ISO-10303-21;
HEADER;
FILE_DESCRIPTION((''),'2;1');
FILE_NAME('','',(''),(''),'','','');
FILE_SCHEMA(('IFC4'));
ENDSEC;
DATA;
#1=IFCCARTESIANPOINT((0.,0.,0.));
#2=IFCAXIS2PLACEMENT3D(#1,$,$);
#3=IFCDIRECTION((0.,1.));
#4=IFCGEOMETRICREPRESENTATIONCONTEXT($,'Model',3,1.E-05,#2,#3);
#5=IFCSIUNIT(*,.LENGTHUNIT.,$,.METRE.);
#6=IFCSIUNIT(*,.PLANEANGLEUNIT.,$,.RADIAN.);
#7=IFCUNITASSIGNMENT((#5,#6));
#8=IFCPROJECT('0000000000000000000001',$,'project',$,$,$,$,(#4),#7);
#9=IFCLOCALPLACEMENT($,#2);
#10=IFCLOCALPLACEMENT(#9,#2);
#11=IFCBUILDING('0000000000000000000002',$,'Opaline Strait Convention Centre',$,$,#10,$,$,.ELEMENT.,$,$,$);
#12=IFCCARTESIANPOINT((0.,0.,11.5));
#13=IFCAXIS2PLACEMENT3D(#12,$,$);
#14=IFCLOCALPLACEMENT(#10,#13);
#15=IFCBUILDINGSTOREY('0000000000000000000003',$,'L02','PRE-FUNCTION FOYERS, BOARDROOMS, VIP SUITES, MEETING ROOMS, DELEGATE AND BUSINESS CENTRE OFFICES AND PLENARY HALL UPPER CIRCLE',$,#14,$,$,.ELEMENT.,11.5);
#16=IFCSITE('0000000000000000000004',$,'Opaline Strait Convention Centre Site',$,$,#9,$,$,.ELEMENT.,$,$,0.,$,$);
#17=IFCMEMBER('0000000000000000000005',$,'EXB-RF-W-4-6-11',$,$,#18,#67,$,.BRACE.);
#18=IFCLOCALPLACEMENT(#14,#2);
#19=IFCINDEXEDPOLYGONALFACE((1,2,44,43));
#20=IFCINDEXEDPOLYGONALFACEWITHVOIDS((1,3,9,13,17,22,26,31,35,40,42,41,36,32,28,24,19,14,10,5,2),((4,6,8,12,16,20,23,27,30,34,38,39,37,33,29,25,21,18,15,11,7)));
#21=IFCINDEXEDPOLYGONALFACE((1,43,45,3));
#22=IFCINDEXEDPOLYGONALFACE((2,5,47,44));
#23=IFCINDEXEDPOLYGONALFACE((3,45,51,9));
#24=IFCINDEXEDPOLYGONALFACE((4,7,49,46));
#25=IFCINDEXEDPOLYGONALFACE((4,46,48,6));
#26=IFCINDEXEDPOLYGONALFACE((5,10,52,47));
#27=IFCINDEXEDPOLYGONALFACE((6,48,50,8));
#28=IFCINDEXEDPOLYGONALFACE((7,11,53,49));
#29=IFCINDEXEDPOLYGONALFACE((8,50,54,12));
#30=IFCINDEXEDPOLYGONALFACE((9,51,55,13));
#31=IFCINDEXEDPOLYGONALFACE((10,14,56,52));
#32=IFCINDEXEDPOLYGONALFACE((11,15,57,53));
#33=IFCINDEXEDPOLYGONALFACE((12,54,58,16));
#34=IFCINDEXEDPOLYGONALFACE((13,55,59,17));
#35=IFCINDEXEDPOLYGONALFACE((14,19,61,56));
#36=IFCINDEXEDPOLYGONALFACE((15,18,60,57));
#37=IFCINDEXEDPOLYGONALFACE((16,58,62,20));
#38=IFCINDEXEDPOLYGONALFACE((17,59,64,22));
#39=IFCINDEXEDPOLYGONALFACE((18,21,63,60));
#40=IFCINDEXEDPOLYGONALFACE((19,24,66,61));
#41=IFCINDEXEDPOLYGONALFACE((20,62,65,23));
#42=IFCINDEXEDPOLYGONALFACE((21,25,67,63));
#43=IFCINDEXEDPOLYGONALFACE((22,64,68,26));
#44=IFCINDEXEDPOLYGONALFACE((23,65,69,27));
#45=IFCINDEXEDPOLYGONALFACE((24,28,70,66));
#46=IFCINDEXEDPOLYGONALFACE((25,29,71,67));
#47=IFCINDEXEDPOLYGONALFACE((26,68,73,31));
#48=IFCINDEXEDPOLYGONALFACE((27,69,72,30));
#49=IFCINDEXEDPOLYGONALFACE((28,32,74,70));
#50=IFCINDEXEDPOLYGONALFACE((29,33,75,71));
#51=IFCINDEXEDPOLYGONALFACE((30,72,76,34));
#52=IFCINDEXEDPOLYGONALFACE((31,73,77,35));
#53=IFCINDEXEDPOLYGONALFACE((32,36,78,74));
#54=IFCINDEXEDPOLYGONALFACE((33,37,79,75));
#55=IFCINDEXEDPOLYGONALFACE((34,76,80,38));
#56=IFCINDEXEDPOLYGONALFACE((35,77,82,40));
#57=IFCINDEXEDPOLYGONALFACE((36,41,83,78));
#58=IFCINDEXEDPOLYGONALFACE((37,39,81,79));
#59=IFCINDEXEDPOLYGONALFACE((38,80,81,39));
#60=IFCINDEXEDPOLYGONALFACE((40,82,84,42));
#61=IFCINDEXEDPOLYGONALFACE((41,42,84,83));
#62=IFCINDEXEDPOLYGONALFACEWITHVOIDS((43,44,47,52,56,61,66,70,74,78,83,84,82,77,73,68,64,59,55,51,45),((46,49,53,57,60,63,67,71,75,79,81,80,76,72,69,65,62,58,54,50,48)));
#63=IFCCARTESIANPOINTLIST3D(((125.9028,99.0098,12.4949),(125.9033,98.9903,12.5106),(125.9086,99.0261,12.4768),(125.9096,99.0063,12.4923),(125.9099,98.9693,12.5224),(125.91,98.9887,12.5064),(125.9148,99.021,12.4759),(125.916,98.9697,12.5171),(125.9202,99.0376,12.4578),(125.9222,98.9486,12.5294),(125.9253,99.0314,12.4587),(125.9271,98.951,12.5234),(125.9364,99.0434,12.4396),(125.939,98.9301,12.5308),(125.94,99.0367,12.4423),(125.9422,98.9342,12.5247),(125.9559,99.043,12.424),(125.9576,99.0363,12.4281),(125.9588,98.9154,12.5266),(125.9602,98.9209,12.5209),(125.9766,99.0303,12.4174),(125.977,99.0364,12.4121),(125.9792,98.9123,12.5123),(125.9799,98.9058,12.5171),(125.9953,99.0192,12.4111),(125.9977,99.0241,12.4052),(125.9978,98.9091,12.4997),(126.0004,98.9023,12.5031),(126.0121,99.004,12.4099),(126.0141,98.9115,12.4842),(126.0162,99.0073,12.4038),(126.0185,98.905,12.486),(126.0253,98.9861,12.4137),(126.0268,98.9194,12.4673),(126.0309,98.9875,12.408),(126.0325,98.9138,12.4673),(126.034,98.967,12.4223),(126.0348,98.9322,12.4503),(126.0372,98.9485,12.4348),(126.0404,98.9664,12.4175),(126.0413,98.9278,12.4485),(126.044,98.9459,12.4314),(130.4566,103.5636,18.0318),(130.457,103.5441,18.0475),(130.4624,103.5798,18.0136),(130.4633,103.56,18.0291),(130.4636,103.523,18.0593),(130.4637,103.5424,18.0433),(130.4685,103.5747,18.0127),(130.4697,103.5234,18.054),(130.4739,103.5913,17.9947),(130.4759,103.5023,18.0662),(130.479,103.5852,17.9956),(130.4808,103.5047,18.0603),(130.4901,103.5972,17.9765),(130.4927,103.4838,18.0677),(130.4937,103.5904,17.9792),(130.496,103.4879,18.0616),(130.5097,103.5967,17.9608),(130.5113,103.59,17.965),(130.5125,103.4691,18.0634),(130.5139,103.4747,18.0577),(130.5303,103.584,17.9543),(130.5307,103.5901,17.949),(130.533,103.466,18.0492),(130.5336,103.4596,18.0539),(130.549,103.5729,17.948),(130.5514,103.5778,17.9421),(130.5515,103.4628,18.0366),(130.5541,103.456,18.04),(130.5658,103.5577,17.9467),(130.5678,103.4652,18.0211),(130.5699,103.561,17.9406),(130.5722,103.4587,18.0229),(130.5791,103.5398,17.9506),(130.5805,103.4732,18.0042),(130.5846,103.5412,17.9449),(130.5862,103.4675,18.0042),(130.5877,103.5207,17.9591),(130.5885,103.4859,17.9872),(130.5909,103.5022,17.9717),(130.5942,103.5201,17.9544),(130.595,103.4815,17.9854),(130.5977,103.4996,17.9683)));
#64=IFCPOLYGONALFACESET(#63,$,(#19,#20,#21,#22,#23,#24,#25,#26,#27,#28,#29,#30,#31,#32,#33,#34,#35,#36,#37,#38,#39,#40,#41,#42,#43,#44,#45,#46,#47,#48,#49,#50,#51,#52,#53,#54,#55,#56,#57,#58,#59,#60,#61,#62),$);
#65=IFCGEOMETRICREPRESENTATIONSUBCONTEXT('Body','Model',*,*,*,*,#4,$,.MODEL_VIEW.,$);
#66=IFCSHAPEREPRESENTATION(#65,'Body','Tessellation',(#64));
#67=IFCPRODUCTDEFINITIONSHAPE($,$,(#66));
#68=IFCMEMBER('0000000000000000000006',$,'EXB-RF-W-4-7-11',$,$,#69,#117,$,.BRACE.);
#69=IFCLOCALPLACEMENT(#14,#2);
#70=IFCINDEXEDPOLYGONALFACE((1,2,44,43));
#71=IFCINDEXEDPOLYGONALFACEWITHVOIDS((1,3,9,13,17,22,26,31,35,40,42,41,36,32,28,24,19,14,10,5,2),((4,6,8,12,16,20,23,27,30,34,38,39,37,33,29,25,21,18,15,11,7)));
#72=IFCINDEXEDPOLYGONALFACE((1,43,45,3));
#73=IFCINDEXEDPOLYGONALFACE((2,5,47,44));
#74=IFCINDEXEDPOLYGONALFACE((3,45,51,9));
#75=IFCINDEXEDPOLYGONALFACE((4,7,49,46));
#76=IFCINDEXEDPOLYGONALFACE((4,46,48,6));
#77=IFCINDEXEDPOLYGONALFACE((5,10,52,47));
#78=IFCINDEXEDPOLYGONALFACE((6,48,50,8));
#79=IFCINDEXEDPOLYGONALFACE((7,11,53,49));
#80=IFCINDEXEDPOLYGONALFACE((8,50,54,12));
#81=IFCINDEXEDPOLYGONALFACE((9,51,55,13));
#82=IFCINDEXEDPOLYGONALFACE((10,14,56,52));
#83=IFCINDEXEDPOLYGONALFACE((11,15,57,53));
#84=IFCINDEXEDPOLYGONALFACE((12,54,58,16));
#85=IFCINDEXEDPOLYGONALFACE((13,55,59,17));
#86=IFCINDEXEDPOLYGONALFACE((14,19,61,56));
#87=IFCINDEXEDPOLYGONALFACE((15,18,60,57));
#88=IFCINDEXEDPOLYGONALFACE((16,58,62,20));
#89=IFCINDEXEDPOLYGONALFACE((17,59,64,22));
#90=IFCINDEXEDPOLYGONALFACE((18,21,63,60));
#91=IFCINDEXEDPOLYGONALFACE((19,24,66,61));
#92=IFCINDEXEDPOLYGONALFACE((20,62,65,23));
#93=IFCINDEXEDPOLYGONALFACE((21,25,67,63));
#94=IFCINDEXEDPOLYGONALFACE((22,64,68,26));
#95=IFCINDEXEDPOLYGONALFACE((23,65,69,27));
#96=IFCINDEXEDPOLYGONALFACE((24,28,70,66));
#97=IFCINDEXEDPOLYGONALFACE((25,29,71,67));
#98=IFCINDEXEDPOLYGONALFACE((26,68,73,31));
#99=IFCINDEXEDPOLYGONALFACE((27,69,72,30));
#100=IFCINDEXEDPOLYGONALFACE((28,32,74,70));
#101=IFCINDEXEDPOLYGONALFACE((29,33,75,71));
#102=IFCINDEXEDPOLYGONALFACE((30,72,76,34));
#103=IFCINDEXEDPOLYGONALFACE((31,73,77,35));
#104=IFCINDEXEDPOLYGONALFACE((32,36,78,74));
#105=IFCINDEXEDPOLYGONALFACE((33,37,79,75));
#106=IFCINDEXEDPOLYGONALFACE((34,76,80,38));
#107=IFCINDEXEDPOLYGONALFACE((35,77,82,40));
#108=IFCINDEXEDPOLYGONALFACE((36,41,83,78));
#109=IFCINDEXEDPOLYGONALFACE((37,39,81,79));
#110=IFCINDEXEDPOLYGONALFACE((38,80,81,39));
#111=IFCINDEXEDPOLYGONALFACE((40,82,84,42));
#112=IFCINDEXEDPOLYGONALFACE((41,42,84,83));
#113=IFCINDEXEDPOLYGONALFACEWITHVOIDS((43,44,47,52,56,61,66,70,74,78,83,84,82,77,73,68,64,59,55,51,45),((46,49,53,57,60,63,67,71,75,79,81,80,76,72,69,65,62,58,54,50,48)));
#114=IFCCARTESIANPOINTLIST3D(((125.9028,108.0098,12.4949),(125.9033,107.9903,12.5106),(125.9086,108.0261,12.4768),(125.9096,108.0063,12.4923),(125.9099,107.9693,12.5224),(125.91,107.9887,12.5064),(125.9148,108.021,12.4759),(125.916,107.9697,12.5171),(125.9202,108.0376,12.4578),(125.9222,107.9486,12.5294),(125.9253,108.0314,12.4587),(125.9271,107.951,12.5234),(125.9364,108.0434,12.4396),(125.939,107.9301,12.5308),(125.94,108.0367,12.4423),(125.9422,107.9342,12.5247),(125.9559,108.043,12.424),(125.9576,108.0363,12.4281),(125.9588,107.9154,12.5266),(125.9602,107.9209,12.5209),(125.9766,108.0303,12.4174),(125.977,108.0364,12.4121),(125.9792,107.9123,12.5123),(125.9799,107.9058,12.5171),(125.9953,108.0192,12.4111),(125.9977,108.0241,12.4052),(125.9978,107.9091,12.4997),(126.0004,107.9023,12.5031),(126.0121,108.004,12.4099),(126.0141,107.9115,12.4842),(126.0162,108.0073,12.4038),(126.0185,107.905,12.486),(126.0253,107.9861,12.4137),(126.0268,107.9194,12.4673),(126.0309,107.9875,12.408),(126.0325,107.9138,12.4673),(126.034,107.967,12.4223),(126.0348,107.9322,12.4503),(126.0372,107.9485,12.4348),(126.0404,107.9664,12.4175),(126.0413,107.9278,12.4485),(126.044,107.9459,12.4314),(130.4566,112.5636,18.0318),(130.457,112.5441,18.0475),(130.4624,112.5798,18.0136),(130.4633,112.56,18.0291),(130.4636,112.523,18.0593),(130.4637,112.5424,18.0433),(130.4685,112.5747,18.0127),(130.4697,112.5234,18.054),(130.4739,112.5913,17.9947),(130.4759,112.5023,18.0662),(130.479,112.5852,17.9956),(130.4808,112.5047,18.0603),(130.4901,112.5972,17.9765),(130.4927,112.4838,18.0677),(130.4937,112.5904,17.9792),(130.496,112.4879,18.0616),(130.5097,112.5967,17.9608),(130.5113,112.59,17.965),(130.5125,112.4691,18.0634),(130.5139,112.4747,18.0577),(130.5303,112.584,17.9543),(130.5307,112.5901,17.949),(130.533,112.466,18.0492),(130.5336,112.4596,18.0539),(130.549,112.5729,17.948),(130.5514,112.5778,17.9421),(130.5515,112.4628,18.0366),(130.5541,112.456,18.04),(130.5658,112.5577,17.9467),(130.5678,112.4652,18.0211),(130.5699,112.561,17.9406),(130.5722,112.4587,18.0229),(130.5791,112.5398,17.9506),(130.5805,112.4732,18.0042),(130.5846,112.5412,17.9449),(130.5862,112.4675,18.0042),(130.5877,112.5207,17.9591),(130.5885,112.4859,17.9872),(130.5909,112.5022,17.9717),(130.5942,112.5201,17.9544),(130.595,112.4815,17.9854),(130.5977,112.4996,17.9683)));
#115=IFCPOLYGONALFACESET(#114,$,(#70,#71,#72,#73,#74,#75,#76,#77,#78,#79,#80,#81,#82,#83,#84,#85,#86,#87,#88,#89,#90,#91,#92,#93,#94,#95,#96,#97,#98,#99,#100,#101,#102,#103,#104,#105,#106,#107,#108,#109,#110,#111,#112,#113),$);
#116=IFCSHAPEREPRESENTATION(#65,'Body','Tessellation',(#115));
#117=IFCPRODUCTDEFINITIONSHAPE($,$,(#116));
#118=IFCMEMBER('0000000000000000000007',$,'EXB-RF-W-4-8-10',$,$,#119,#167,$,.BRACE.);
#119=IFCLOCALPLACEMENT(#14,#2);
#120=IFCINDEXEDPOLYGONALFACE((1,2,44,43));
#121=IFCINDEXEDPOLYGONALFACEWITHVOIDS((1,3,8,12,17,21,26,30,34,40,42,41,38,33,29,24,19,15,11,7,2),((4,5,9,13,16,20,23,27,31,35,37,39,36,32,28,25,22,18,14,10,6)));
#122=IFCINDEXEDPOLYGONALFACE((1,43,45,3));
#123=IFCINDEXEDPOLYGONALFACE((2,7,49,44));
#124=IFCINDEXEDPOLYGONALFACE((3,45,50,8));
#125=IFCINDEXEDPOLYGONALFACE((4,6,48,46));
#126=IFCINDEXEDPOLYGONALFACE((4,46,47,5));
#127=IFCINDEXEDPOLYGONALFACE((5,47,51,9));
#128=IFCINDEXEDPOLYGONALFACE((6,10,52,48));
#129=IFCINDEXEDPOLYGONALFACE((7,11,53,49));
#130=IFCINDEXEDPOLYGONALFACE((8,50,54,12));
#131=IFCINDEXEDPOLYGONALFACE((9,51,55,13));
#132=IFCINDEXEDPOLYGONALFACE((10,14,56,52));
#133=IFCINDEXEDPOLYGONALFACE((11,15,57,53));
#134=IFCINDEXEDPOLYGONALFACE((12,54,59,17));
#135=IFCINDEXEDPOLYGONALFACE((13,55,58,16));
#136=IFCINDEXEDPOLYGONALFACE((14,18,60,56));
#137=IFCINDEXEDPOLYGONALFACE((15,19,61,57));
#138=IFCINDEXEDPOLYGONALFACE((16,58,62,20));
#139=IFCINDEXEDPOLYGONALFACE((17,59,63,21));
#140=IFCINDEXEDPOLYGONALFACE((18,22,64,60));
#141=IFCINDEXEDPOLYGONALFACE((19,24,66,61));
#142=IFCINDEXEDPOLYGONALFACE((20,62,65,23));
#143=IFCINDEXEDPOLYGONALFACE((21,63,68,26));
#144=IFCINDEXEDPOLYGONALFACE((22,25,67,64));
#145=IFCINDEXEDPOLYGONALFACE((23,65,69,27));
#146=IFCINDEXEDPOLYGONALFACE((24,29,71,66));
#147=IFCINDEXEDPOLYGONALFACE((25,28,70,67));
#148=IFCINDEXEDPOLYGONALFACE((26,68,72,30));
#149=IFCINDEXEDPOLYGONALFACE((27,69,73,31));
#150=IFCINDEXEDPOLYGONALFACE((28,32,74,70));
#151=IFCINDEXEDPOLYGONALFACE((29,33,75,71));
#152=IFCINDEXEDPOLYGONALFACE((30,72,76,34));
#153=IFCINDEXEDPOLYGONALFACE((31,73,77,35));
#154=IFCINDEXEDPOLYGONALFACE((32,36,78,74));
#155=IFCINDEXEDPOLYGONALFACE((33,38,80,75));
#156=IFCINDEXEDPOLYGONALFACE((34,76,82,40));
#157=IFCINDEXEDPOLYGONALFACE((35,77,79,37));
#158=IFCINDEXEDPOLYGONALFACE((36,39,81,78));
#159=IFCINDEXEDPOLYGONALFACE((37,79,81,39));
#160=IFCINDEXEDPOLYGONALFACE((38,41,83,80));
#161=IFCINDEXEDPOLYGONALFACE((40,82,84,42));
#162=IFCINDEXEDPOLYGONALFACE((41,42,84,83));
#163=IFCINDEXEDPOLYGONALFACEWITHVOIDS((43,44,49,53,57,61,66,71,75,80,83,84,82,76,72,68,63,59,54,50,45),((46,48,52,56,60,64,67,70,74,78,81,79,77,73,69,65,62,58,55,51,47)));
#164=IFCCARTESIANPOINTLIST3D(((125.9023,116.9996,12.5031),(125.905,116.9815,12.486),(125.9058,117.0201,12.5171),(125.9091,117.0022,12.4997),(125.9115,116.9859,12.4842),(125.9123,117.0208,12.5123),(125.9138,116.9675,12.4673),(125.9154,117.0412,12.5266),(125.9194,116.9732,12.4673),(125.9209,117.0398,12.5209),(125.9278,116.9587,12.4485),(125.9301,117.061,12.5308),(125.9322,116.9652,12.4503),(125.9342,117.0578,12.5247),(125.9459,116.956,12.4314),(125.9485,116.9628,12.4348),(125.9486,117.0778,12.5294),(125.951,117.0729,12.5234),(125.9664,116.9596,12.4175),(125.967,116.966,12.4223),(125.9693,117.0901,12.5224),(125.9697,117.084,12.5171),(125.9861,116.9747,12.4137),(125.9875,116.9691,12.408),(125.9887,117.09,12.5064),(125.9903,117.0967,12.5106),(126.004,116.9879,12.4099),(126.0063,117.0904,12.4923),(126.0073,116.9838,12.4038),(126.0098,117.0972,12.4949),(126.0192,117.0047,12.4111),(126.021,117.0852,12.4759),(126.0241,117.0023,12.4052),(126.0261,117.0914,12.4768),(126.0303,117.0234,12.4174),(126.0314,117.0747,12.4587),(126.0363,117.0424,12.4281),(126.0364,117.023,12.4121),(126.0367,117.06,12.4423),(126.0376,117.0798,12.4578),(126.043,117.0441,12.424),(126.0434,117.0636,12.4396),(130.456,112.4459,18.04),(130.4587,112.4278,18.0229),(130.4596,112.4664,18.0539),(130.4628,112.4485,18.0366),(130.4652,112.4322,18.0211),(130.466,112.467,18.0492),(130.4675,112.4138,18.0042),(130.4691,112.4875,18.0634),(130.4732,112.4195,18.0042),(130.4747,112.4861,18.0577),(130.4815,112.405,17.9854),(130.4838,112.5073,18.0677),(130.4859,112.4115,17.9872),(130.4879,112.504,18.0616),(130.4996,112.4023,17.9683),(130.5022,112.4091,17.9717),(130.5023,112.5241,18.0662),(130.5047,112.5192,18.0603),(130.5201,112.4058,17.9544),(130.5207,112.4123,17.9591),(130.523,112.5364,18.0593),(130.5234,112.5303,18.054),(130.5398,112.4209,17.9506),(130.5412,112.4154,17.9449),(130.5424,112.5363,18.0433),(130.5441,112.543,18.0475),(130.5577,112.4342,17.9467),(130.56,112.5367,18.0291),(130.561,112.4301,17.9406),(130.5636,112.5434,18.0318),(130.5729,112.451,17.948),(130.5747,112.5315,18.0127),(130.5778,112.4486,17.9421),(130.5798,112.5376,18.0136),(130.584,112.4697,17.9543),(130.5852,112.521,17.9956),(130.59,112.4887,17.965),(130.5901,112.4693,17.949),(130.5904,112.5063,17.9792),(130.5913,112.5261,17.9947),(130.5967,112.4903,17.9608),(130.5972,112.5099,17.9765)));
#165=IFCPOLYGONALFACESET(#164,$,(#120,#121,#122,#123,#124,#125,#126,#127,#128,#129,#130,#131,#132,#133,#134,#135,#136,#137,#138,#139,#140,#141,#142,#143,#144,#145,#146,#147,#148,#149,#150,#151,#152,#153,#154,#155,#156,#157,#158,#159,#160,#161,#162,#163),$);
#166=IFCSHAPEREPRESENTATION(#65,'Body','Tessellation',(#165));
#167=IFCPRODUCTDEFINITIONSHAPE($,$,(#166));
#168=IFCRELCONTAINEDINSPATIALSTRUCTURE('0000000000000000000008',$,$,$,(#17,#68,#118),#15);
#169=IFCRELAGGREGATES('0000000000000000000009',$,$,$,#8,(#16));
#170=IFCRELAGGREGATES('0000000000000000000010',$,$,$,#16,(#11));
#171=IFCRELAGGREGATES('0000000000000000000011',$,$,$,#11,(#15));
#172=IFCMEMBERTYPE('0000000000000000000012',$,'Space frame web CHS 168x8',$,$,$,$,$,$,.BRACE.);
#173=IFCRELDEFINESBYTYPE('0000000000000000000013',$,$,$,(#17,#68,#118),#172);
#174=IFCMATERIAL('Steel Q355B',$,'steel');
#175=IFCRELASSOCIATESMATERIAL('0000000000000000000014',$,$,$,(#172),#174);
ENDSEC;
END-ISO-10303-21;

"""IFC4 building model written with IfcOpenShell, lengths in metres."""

from ifc_helpers import new_model, si_unit, direction, frame, origin, origin_2d, place, context, subcontext, project, spatial, hollow_circle, extrude, material, material_profile, profile_set, type_object, element, save


model = new_model("IFC4")

# Units and contexts
model_context = context("Model", 3, precision=1e-05, world=origin(), true_north=direction((0.0, 1.0)))
body_context = subcontext(model_context, "Body", "Model", "MODEL_VIEW")
ifc_project = project(units=[si_unit("LENGTHUNIT", "METRE"), si_unit("PLANEANGLEUNIT", "RADIAN")], contexts=[model_context])

# Site, building, storey
site_placement = place(None, origin())
site = spatial("IfcSite", under=ifc_project, at=site_placement, Name="Opaline Strait Convention Centre Site", CompositionType="ELEMENT", RefElevation=0.0)
building_placement = place(site_placement, origin())
building = spatial("IfcBuilding", under=site, at=building_placement, Name="Opaline Strait Convention Centre", CompositionType="ELEMENT")
storey_placement = place(building_placement, frame((0.0, 0.0, 11.5)))
storey = spatial("IfcBuildingStorey", under=building, at=storey_placement, Name="L02", Description="PRE-FUNCTION FOYERS, BOARDROOMS, VIP SUITES, MEETING ROOMS, DELEGATE AND BUSINESS CENTRE OFFICES AND PLENARY HALL UPPER CIRCLE", CompositionType="ELEMENT", Elevation=11.5)

# Members
ifc_material = material(Name="Steel Q355B", Category="steel")
ifc_material_profile_1 = material_profile(ifc_material, hollow_circle(Radius=0.084, WallThickness=0.0081, at=origin_2d()), Name="CHS 168x8")
ifc_profile_set_1 = profile_set([ifc_material_profile_1], Name="Steel Q355B")
member_type_1 = type_object("IfcMemberType", Name="Space frame web CHS 168x8", PredefinedType="BRACE", material=ifc_profile_set_1)
for number, where, z_axis, x_axis, name in (
    (1, (130.5269, 103.5269, 18.0042), (-0.536178, -0.536178, -0.65194), (0.707107, -0.707107, 0.0), "EXB-RF-W-4-6-11"),
    (2, (130.5269, 112.5269, 18.0042), (-0.536178, -0.536178, -0.65194), (0.707107, -0.707107, 0.0), "EXB-RF-W-4-7-11"),
    (3, (130.5269, 112.4731, 18.0042), (-0.536178, 0.536178, -0.65194), (-0.707107, -0.707107, 0.0), "EXB-RF-W-4-8-10"),
):
    element("IfcMember", number, at=place(storey_placement, frame(where, z_axis=z_axis, x_axis=x_axis)), inside=storey, type_object=member_type_1, Name=name, PredefinedType="BRACE", context=body_context, shape_type="SweptSolid", body=[
        extrude(hollow_circle(Radius=0.084, WallThickness=0.0081, at=origin_2d()), origin(), (0.0, 0.0, 1.0), 8.4929),
    ])

save(model, "model.ifc")
